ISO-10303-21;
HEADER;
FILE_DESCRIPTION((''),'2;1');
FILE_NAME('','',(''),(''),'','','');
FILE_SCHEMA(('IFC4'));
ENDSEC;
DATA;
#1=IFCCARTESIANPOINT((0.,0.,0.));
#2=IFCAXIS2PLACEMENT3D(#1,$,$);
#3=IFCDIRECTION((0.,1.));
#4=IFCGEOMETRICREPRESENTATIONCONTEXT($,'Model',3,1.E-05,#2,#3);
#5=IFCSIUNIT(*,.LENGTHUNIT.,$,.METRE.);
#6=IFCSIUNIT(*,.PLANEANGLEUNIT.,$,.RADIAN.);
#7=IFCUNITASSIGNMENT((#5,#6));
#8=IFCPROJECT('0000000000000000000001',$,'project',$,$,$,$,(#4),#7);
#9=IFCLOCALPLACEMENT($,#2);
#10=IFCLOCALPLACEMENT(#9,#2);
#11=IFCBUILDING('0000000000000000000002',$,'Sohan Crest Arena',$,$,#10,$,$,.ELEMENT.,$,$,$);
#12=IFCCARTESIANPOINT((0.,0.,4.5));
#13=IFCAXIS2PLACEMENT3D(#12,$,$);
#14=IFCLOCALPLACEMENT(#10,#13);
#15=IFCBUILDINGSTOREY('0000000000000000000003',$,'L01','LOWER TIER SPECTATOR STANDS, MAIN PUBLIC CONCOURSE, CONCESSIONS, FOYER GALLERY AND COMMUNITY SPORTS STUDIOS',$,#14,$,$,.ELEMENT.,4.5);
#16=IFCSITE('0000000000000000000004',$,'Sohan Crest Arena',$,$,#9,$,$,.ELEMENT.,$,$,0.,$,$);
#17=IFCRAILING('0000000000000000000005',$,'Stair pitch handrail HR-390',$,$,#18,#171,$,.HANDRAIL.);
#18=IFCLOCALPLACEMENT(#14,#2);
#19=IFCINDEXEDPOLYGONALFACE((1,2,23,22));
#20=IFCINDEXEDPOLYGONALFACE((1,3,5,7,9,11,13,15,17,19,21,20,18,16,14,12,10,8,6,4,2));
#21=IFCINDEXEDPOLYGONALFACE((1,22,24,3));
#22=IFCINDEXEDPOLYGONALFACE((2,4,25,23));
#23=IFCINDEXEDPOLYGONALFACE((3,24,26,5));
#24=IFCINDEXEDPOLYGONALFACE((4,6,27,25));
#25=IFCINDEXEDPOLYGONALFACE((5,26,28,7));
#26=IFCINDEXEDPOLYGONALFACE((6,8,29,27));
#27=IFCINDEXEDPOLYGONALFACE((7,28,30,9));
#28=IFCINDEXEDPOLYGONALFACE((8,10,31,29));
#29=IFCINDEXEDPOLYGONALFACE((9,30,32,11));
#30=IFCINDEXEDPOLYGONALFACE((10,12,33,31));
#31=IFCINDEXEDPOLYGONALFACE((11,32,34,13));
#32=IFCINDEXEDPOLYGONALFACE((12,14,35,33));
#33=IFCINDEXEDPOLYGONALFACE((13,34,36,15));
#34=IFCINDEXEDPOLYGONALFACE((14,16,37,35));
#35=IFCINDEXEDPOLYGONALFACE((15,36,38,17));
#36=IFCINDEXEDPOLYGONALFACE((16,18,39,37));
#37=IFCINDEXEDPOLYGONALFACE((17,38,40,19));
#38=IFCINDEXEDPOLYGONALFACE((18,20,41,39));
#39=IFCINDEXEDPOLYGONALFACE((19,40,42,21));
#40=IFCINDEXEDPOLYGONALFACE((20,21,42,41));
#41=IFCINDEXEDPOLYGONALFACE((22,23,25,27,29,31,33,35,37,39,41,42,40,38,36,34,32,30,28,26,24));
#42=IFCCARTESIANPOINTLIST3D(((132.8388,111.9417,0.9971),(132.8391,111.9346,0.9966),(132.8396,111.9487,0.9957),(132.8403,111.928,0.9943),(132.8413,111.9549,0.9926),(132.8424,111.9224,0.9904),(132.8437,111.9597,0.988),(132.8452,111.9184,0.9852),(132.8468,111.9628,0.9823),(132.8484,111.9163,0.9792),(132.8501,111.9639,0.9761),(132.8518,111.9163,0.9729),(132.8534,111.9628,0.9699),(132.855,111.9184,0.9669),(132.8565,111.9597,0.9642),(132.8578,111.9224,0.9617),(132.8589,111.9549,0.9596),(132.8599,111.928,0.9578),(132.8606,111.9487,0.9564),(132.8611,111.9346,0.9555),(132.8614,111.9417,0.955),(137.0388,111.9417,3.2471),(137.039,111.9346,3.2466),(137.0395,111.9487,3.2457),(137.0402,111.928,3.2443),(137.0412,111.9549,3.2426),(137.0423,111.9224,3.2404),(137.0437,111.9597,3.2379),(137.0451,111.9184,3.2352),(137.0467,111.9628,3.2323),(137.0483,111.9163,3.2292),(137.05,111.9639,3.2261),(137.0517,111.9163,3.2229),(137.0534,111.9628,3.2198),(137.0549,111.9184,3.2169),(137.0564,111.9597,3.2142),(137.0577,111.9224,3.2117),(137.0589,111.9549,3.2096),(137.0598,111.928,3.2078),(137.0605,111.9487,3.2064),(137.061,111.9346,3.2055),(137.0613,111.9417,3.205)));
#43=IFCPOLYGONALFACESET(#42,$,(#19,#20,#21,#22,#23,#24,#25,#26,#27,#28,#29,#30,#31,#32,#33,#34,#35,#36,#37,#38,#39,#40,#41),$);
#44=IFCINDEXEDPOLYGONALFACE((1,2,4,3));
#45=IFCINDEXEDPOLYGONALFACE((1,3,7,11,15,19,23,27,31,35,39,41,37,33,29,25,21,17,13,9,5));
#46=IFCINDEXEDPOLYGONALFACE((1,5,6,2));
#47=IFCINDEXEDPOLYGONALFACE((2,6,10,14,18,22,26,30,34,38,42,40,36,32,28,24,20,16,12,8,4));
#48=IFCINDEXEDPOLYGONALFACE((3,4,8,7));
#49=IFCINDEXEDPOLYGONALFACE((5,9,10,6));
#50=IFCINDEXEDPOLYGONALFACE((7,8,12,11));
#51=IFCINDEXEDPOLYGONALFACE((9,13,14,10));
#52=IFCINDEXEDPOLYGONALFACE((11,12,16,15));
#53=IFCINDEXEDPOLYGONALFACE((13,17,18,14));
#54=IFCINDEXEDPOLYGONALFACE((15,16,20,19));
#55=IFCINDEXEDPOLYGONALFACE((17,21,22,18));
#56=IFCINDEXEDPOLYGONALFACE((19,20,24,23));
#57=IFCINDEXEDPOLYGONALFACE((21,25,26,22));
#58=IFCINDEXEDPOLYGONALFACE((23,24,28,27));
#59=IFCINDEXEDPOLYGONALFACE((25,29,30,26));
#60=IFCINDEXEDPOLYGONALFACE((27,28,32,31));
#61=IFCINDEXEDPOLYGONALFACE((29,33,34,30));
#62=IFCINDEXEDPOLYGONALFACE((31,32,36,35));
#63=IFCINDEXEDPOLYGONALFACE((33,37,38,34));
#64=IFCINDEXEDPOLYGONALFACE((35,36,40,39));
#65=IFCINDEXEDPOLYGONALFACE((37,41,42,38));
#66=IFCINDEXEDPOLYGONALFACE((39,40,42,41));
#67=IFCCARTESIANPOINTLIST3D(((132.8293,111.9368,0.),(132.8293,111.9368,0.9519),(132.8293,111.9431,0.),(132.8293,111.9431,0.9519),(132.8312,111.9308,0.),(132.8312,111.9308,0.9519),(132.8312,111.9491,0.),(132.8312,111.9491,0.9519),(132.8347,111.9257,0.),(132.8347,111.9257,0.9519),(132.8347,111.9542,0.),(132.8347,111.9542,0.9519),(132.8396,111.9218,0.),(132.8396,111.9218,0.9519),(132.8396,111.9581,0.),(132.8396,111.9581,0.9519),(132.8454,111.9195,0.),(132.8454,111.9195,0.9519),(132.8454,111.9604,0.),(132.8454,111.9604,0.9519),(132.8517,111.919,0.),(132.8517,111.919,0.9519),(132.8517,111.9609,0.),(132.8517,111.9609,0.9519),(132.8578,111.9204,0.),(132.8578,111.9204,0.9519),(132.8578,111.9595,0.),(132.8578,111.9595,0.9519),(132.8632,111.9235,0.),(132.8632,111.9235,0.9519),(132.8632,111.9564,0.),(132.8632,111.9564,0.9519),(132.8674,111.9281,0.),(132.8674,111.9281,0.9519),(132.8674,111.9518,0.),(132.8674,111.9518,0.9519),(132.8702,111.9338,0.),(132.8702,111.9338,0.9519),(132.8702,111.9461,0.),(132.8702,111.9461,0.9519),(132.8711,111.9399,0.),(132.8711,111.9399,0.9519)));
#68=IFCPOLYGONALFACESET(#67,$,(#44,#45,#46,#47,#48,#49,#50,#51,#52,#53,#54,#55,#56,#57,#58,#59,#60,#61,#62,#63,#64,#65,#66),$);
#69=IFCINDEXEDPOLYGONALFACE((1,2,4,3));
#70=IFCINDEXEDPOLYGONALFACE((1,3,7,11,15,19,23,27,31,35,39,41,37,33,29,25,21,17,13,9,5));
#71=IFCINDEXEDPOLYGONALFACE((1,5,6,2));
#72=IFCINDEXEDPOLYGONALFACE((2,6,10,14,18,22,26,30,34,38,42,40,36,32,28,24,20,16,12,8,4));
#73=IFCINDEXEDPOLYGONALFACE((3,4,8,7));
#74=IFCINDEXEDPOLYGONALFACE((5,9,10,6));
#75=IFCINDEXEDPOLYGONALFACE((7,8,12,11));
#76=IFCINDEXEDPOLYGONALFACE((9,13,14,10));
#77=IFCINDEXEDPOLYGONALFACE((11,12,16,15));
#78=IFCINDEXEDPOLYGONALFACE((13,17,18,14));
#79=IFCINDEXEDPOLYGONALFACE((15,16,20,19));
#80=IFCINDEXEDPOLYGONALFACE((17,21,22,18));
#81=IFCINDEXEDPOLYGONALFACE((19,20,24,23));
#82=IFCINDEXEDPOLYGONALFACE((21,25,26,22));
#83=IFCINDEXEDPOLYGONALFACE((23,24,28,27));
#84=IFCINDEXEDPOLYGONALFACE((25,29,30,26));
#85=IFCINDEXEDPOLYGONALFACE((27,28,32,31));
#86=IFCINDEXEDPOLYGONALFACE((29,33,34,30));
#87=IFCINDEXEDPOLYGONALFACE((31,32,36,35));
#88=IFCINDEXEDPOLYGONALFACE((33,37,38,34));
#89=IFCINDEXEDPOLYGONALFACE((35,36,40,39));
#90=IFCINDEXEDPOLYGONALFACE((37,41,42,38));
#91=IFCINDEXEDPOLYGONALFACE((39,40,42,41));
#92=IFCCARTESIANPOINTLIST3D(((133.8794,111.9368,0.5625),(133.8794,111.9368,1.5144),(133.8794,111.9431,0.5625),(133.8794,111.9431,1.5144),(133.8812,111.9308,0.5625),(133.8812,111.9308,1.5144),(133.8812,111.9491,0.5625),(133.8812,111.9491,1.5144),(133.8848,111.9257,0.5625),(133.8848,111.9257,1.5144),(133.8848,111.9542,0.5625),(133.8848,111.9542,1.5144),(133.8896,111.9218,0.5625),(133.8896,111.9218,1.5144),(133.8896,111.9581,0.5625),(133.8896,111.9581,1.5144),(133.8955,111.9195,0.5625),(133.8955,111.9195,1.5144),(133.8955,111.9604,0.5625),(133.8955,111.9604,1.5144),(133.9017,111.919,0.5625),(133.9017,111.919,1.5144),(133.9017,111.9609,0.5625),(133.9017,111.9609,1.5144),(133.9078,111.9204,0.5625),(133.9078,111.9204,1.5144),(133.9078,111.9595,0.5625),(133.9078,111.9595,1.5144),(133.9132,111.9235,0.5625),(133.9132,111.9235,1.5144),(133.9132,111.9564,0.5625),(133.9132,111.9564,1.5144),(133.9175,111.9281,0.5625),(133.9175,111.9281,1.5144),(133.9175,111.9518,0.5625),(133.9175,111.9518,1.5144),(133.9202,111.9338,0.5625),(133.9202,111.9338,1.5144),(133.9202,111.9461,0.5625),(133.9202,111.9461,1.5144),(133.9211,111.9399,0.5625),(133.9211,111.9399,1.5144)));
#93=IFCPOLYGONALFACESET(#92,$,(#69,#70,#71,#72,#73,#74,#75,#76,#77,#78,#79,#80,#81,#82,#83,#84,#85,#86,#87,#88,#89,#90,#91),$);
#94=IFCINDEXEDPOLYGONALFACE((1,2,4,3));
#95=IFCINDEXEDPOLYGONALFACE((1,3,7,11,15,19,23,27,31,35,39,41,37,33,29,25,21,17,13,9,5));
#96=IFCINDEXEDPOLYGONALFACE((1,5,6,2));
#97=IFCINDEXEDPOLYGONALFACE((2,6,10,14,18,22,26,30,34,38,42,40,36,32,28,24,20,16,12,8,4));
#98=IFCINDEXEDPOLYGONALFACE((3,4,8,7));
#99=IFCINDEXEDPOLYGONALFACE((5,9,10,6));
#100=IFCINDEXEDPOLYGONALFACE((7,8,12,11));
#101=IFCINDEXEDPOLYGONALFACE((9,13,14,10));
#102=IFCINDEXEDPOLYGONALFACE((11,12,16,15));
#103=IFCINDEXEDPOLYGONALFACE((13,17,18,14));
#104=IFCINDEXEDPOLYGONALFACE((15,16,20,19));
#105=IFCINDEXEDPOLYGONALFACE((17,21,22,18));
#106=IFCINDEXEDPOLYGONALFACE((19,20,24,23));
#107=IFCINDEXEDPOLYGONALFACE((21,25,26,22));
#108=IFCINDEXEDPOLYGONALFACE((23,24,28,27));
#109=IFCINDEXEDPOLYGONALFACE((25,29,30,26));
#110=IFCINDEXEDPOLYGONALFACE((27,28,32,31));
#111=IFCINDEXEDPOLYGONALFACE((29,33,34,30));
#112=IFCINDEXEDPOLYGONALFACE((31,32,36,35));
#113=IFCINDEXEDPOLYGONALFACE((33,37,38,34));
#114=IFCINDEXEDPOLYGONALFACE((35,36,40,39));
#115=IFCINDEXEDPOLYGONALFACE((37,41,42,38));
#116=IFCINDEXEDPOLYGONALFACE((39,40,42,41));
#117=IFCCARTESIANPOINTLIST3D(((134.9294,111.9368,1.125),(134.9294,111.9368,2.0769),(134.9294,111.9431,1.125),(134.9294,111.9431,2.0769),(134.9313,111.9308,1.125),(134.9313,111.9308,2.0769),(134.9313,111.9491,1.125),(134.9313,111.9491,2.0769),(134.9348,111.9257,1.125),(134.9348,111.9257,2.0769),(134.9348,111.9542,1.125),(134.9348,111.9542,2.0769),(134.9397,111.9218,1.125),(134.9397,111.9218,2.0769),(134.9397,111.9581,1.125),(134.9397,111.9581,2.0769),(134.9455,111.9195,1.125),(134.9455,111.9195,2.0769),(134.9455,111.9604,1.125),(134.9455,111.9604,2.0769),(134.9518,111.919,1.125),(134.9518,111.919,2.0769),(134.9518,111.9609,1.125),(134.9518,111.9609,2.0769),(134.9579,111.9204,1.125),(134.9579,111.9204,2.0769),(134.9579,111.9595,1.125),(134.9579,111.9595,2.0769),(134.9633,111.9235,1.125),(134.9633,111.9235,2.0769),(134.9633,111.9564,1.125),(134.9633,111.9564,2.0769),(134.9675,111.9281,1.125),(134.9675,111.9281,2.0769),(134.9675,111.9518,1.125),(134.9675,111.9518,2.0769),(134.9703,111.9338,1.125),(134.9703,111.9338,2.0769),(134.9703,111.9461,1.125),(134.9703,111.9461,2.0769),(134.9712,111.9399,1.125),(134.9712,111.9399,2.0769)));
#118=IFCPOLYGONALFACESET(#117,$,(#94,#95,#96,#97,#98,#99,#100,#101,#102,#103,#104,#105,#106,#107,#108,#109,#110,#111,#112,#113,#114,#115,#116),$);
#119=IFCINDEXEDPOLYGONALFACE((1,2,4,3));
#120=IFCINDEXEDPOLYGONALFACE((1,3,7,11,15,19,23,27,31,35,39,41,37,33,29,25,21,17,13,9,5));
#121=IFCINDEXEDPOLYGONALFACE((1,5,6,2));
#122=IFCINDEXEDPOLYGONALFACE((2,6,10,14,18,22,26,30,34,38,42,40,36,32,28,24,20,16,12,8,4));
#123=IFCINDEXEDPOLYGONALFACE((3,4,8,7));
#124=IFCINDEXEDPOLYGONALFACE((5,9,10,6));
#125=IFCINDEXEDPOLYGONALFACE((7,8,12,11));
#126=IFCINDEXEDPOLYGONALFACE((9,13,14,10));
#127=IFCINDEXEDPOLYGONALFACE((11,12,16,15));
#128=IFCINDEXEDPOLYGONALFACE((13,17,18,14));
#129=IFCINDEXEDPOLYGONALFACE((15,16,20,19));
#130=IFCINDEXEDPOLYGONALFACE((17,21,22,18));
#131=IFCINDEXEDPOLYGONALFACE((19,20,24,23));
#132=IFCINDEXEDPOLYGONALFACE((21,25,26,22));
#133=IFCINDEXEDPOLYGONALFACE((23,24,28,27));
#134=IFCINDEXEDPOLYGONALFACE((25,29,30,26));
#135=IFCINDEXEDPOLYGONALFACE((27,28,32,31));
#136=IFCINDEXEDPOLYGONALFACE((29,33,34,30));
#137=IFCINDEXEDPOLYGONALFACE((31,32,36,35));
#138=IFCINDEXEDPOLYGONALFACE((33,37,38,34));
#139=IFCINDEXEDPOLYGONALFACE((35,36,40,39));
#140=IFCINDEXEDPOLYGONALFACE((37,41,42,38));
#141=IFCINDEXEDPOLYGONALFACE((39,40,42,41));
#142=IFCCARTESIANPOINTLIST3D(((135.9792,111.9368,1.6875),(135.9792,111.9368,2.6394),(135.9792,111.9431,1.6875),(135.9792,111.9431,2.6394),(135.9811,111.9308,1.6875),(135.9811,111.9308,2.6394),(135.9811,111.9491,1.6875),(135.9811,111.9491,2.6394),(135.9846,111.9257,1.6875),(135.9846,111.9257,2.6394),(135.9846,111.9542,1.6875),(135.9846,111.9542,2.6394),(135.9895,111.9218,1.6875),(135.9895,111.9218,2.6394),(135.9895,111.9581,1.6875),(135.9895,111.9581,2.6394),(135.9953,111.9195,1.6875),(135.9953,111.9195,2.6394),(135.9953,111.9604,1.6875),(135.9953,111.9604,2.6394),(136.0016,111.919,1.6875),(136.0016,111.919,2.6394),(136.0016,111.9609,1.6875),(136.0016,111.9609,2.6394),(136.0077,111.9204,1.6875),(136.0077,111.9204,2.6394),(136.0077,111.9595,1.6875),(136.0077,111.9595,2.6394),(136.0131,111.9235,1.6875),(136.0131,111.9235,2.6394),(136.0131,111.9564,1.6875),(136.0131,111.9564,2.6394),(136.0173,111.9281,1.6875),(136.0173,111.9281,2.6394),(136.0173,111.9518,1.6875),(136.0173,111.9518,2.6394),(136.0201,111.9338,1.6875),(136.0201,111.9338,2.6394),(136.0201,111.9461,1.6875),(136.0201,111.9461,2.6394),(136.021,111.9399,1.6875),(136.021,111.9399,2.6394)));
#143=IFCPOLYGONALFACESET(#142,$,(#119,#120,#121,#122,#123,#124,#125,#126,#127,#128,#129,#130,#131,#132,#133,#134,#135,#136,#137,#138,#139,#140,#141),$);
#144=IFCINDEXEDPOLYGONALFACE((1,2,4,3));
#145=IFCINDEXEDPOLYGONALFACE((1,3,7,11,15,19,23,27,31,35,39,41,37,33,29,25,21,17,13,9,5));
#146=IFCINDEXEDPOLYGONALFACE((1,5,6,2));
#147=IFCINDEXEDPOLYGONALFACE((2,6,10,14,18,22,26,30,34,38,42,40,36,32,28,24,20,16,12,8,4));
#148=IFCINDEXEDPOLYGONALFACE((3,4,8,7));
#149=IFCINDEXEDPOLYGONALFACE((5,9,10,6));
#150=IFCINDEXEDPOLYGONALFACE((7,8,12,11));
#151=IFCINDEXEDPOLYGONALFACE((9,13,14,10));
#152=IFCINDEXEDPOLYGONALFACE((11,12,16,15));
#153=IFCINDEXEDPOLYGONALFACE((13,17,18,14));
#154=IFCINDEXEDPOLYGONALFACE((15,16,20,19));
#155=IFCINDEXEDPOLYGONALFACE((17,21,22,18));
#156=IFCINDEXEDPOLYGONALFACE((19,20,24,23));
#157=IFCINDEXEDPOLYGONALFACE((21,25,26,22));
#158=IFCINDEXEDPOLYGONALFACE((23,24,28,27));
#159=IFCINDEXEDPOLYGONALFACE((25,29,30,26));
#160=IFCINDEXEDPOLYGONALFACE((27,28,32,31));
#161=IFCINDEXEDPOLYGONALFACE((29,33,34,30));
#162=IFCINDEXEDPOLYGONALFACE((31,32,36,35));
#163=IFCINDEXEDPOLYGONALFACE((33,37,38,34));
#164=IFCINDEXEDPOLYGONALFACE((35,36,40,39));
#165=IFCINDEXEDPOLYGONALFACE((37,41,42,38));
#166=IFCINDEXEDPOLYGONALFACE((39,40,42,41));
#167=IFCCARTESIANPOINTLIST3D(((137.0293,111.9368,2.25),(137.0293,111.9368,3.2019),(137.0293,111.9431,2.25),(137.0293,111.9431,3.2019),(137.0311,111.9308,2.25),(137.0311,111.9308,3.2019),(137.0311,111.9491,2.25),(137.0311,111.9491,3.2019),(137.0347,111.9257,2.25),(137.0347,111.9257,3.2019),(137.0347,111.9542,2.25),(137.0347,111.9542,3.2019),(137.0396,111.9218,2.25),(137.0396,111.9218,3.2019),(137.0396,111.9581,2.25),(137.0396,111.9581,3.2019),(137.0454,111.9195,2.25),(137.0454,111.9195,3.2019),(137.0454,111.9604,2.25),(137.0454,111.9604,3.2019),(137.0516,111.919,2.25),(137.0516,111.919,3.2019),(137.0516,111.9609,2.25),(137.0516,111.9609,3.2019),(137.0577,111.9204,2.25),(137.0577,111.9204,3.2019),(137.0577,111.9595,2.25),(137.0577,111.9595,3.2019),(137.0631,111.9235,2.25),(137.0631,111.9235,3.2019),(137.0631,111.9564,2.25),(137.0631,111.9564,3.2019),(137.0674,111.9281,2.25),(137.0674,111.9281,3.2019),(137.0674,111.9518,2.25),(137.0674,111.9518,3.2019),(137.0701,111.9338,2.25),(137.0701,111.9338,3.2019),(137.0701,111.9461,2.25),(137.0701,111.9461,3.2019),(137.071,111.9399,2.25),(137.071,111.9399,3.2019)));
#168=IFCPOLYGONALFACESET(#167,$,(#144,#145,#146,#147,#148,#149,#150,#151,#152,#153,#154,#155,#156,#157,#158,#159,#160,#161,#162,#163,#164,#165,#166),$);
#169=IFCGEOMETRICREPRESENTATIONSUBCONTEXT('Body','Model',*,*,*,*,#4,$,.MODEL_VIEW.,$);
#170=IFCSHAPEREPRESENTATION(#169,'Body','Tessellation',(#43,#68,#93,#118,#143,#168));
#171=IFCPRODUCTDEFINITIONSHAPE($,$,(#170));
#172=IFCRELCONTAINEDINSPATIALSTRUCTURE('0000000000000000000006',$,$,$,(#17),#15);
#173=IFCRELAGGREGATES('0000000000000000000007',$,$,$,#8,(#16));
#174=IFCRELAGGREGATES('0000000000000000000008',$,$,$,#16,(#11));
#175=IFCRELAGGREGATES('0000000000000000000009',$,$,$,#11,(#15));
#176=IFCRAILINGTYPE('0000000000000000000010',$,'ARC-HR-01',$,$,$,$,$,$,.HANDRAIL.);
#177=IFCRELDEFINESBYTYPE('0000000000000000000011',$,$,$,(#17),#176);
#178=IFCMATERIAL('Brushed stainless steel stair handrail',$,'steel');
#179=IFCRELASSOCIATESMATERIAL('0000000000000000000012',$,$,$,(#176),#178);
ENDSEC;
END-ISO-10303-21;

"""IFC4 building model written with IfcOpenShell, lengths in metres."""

from ifc_helpers import new_model, si_unit, direction, frame, origin, origin_2d, place, context, subcontext, project, spatial, circle, extrude, material, type_object, element, save


model = new_model("IFC4")

# Units and contexts
model_context = context("Model", 3, precision=1e-05, world=origin(), true_north=direction((0.0, 1.0)))
body_context = subcontext(model_context, "Body", "Model", "MODEL_VIEW")
ifc_project = project(units=[si_unit("LENGTHUNIT", "METRE"), si_unit("PLANEANGLEUNIT", "RADIAN")], contexts=[model_context])

# Site, building, storey
site_placement = place(None, origin())
site = spatial("IfcSite", under=ifc_project, at=site_placement, Name="Sohan Crest Arena", CompositionType="ELEMENT", RefElevation=0.0)
building_placement = place(site_placement, origin())
building = spatial("IfcBuilding", under=site, at=building_placement, Name="Sohan Crest Arena", CompositionType="ELEMENT")
storey_placement = place(building_placement, frame((0.0, 0.0, 4.5)))
storey = spatial("IfcBuildingStorey", under=building, at=storey_placement, Name="L01", Description="LOWER TIER SPECTATOR STANDS, MAIN PUBLIC CONCOURSE, CONCESSIONS, FOYER GALLERY AND COMMUNITY SPORTS STUDIOS", CompositionType="ELEMENT", Elevation=4.5)

# Railing
ifc_material_1 = material(Name="Brushed stainless steel stair handrail", Category="steel")
railing_type_1 = type_object("IfcRailingType", Name="ARC-HR-01", PredefinedType="HANDRAIL", material=ifc_material_1)
for number, where, name in (
    (1, (132.8501, 111.9399, 0.0), "Stair pitch handrail HR-390"),
):
    element("IfcRailing", number, at=place(storey_placement, frame(where)), inside=storey, type_object=railing_type_1, Name=name, PredefinedType="HANDRAIL", context=body_context, shape_type="SweptSolid", body=[
        extrude(circle(Radius=0.0239, at=origin_2d()), frame((0.0, 0.0, 0.9761), z_axis=(0.881478, 0.0, 0.472226), x_axis=(0.0, 1.0, 0.0)), (0.0, 0.0, 1.0), 4.7646),
        extrude(circle(Radius=0.021, at=origin_2d()), origin(), (0.0, 0.0, 1.0), 0.9519),
        extrude(circle(Radius=0.021, at=origin_2d()), frame((1.05, 0.0, 0.5625)), (0.0, 0.0, 1.0), 0.9519),
        extrude(circle(Radius=0.021, at=origin_2d()), frame((2.1001, 0.0, 1.125)), (0.0, 0.0, 1.0), 0.9519),
        extrude(circle(Radius=0.021, at=origin_2d()), frame((3.1499, 0.0, 1.6875)), (0.0, 0.0, 1.0), 0.9519),
        extrude(circle(Radius=0.021, at=origin_2d()), frame((4.2, 0.0, 2.25)), (0.0, 0.0, 1.0), 0.9519),
    ])

save(model, "model.ifc")
